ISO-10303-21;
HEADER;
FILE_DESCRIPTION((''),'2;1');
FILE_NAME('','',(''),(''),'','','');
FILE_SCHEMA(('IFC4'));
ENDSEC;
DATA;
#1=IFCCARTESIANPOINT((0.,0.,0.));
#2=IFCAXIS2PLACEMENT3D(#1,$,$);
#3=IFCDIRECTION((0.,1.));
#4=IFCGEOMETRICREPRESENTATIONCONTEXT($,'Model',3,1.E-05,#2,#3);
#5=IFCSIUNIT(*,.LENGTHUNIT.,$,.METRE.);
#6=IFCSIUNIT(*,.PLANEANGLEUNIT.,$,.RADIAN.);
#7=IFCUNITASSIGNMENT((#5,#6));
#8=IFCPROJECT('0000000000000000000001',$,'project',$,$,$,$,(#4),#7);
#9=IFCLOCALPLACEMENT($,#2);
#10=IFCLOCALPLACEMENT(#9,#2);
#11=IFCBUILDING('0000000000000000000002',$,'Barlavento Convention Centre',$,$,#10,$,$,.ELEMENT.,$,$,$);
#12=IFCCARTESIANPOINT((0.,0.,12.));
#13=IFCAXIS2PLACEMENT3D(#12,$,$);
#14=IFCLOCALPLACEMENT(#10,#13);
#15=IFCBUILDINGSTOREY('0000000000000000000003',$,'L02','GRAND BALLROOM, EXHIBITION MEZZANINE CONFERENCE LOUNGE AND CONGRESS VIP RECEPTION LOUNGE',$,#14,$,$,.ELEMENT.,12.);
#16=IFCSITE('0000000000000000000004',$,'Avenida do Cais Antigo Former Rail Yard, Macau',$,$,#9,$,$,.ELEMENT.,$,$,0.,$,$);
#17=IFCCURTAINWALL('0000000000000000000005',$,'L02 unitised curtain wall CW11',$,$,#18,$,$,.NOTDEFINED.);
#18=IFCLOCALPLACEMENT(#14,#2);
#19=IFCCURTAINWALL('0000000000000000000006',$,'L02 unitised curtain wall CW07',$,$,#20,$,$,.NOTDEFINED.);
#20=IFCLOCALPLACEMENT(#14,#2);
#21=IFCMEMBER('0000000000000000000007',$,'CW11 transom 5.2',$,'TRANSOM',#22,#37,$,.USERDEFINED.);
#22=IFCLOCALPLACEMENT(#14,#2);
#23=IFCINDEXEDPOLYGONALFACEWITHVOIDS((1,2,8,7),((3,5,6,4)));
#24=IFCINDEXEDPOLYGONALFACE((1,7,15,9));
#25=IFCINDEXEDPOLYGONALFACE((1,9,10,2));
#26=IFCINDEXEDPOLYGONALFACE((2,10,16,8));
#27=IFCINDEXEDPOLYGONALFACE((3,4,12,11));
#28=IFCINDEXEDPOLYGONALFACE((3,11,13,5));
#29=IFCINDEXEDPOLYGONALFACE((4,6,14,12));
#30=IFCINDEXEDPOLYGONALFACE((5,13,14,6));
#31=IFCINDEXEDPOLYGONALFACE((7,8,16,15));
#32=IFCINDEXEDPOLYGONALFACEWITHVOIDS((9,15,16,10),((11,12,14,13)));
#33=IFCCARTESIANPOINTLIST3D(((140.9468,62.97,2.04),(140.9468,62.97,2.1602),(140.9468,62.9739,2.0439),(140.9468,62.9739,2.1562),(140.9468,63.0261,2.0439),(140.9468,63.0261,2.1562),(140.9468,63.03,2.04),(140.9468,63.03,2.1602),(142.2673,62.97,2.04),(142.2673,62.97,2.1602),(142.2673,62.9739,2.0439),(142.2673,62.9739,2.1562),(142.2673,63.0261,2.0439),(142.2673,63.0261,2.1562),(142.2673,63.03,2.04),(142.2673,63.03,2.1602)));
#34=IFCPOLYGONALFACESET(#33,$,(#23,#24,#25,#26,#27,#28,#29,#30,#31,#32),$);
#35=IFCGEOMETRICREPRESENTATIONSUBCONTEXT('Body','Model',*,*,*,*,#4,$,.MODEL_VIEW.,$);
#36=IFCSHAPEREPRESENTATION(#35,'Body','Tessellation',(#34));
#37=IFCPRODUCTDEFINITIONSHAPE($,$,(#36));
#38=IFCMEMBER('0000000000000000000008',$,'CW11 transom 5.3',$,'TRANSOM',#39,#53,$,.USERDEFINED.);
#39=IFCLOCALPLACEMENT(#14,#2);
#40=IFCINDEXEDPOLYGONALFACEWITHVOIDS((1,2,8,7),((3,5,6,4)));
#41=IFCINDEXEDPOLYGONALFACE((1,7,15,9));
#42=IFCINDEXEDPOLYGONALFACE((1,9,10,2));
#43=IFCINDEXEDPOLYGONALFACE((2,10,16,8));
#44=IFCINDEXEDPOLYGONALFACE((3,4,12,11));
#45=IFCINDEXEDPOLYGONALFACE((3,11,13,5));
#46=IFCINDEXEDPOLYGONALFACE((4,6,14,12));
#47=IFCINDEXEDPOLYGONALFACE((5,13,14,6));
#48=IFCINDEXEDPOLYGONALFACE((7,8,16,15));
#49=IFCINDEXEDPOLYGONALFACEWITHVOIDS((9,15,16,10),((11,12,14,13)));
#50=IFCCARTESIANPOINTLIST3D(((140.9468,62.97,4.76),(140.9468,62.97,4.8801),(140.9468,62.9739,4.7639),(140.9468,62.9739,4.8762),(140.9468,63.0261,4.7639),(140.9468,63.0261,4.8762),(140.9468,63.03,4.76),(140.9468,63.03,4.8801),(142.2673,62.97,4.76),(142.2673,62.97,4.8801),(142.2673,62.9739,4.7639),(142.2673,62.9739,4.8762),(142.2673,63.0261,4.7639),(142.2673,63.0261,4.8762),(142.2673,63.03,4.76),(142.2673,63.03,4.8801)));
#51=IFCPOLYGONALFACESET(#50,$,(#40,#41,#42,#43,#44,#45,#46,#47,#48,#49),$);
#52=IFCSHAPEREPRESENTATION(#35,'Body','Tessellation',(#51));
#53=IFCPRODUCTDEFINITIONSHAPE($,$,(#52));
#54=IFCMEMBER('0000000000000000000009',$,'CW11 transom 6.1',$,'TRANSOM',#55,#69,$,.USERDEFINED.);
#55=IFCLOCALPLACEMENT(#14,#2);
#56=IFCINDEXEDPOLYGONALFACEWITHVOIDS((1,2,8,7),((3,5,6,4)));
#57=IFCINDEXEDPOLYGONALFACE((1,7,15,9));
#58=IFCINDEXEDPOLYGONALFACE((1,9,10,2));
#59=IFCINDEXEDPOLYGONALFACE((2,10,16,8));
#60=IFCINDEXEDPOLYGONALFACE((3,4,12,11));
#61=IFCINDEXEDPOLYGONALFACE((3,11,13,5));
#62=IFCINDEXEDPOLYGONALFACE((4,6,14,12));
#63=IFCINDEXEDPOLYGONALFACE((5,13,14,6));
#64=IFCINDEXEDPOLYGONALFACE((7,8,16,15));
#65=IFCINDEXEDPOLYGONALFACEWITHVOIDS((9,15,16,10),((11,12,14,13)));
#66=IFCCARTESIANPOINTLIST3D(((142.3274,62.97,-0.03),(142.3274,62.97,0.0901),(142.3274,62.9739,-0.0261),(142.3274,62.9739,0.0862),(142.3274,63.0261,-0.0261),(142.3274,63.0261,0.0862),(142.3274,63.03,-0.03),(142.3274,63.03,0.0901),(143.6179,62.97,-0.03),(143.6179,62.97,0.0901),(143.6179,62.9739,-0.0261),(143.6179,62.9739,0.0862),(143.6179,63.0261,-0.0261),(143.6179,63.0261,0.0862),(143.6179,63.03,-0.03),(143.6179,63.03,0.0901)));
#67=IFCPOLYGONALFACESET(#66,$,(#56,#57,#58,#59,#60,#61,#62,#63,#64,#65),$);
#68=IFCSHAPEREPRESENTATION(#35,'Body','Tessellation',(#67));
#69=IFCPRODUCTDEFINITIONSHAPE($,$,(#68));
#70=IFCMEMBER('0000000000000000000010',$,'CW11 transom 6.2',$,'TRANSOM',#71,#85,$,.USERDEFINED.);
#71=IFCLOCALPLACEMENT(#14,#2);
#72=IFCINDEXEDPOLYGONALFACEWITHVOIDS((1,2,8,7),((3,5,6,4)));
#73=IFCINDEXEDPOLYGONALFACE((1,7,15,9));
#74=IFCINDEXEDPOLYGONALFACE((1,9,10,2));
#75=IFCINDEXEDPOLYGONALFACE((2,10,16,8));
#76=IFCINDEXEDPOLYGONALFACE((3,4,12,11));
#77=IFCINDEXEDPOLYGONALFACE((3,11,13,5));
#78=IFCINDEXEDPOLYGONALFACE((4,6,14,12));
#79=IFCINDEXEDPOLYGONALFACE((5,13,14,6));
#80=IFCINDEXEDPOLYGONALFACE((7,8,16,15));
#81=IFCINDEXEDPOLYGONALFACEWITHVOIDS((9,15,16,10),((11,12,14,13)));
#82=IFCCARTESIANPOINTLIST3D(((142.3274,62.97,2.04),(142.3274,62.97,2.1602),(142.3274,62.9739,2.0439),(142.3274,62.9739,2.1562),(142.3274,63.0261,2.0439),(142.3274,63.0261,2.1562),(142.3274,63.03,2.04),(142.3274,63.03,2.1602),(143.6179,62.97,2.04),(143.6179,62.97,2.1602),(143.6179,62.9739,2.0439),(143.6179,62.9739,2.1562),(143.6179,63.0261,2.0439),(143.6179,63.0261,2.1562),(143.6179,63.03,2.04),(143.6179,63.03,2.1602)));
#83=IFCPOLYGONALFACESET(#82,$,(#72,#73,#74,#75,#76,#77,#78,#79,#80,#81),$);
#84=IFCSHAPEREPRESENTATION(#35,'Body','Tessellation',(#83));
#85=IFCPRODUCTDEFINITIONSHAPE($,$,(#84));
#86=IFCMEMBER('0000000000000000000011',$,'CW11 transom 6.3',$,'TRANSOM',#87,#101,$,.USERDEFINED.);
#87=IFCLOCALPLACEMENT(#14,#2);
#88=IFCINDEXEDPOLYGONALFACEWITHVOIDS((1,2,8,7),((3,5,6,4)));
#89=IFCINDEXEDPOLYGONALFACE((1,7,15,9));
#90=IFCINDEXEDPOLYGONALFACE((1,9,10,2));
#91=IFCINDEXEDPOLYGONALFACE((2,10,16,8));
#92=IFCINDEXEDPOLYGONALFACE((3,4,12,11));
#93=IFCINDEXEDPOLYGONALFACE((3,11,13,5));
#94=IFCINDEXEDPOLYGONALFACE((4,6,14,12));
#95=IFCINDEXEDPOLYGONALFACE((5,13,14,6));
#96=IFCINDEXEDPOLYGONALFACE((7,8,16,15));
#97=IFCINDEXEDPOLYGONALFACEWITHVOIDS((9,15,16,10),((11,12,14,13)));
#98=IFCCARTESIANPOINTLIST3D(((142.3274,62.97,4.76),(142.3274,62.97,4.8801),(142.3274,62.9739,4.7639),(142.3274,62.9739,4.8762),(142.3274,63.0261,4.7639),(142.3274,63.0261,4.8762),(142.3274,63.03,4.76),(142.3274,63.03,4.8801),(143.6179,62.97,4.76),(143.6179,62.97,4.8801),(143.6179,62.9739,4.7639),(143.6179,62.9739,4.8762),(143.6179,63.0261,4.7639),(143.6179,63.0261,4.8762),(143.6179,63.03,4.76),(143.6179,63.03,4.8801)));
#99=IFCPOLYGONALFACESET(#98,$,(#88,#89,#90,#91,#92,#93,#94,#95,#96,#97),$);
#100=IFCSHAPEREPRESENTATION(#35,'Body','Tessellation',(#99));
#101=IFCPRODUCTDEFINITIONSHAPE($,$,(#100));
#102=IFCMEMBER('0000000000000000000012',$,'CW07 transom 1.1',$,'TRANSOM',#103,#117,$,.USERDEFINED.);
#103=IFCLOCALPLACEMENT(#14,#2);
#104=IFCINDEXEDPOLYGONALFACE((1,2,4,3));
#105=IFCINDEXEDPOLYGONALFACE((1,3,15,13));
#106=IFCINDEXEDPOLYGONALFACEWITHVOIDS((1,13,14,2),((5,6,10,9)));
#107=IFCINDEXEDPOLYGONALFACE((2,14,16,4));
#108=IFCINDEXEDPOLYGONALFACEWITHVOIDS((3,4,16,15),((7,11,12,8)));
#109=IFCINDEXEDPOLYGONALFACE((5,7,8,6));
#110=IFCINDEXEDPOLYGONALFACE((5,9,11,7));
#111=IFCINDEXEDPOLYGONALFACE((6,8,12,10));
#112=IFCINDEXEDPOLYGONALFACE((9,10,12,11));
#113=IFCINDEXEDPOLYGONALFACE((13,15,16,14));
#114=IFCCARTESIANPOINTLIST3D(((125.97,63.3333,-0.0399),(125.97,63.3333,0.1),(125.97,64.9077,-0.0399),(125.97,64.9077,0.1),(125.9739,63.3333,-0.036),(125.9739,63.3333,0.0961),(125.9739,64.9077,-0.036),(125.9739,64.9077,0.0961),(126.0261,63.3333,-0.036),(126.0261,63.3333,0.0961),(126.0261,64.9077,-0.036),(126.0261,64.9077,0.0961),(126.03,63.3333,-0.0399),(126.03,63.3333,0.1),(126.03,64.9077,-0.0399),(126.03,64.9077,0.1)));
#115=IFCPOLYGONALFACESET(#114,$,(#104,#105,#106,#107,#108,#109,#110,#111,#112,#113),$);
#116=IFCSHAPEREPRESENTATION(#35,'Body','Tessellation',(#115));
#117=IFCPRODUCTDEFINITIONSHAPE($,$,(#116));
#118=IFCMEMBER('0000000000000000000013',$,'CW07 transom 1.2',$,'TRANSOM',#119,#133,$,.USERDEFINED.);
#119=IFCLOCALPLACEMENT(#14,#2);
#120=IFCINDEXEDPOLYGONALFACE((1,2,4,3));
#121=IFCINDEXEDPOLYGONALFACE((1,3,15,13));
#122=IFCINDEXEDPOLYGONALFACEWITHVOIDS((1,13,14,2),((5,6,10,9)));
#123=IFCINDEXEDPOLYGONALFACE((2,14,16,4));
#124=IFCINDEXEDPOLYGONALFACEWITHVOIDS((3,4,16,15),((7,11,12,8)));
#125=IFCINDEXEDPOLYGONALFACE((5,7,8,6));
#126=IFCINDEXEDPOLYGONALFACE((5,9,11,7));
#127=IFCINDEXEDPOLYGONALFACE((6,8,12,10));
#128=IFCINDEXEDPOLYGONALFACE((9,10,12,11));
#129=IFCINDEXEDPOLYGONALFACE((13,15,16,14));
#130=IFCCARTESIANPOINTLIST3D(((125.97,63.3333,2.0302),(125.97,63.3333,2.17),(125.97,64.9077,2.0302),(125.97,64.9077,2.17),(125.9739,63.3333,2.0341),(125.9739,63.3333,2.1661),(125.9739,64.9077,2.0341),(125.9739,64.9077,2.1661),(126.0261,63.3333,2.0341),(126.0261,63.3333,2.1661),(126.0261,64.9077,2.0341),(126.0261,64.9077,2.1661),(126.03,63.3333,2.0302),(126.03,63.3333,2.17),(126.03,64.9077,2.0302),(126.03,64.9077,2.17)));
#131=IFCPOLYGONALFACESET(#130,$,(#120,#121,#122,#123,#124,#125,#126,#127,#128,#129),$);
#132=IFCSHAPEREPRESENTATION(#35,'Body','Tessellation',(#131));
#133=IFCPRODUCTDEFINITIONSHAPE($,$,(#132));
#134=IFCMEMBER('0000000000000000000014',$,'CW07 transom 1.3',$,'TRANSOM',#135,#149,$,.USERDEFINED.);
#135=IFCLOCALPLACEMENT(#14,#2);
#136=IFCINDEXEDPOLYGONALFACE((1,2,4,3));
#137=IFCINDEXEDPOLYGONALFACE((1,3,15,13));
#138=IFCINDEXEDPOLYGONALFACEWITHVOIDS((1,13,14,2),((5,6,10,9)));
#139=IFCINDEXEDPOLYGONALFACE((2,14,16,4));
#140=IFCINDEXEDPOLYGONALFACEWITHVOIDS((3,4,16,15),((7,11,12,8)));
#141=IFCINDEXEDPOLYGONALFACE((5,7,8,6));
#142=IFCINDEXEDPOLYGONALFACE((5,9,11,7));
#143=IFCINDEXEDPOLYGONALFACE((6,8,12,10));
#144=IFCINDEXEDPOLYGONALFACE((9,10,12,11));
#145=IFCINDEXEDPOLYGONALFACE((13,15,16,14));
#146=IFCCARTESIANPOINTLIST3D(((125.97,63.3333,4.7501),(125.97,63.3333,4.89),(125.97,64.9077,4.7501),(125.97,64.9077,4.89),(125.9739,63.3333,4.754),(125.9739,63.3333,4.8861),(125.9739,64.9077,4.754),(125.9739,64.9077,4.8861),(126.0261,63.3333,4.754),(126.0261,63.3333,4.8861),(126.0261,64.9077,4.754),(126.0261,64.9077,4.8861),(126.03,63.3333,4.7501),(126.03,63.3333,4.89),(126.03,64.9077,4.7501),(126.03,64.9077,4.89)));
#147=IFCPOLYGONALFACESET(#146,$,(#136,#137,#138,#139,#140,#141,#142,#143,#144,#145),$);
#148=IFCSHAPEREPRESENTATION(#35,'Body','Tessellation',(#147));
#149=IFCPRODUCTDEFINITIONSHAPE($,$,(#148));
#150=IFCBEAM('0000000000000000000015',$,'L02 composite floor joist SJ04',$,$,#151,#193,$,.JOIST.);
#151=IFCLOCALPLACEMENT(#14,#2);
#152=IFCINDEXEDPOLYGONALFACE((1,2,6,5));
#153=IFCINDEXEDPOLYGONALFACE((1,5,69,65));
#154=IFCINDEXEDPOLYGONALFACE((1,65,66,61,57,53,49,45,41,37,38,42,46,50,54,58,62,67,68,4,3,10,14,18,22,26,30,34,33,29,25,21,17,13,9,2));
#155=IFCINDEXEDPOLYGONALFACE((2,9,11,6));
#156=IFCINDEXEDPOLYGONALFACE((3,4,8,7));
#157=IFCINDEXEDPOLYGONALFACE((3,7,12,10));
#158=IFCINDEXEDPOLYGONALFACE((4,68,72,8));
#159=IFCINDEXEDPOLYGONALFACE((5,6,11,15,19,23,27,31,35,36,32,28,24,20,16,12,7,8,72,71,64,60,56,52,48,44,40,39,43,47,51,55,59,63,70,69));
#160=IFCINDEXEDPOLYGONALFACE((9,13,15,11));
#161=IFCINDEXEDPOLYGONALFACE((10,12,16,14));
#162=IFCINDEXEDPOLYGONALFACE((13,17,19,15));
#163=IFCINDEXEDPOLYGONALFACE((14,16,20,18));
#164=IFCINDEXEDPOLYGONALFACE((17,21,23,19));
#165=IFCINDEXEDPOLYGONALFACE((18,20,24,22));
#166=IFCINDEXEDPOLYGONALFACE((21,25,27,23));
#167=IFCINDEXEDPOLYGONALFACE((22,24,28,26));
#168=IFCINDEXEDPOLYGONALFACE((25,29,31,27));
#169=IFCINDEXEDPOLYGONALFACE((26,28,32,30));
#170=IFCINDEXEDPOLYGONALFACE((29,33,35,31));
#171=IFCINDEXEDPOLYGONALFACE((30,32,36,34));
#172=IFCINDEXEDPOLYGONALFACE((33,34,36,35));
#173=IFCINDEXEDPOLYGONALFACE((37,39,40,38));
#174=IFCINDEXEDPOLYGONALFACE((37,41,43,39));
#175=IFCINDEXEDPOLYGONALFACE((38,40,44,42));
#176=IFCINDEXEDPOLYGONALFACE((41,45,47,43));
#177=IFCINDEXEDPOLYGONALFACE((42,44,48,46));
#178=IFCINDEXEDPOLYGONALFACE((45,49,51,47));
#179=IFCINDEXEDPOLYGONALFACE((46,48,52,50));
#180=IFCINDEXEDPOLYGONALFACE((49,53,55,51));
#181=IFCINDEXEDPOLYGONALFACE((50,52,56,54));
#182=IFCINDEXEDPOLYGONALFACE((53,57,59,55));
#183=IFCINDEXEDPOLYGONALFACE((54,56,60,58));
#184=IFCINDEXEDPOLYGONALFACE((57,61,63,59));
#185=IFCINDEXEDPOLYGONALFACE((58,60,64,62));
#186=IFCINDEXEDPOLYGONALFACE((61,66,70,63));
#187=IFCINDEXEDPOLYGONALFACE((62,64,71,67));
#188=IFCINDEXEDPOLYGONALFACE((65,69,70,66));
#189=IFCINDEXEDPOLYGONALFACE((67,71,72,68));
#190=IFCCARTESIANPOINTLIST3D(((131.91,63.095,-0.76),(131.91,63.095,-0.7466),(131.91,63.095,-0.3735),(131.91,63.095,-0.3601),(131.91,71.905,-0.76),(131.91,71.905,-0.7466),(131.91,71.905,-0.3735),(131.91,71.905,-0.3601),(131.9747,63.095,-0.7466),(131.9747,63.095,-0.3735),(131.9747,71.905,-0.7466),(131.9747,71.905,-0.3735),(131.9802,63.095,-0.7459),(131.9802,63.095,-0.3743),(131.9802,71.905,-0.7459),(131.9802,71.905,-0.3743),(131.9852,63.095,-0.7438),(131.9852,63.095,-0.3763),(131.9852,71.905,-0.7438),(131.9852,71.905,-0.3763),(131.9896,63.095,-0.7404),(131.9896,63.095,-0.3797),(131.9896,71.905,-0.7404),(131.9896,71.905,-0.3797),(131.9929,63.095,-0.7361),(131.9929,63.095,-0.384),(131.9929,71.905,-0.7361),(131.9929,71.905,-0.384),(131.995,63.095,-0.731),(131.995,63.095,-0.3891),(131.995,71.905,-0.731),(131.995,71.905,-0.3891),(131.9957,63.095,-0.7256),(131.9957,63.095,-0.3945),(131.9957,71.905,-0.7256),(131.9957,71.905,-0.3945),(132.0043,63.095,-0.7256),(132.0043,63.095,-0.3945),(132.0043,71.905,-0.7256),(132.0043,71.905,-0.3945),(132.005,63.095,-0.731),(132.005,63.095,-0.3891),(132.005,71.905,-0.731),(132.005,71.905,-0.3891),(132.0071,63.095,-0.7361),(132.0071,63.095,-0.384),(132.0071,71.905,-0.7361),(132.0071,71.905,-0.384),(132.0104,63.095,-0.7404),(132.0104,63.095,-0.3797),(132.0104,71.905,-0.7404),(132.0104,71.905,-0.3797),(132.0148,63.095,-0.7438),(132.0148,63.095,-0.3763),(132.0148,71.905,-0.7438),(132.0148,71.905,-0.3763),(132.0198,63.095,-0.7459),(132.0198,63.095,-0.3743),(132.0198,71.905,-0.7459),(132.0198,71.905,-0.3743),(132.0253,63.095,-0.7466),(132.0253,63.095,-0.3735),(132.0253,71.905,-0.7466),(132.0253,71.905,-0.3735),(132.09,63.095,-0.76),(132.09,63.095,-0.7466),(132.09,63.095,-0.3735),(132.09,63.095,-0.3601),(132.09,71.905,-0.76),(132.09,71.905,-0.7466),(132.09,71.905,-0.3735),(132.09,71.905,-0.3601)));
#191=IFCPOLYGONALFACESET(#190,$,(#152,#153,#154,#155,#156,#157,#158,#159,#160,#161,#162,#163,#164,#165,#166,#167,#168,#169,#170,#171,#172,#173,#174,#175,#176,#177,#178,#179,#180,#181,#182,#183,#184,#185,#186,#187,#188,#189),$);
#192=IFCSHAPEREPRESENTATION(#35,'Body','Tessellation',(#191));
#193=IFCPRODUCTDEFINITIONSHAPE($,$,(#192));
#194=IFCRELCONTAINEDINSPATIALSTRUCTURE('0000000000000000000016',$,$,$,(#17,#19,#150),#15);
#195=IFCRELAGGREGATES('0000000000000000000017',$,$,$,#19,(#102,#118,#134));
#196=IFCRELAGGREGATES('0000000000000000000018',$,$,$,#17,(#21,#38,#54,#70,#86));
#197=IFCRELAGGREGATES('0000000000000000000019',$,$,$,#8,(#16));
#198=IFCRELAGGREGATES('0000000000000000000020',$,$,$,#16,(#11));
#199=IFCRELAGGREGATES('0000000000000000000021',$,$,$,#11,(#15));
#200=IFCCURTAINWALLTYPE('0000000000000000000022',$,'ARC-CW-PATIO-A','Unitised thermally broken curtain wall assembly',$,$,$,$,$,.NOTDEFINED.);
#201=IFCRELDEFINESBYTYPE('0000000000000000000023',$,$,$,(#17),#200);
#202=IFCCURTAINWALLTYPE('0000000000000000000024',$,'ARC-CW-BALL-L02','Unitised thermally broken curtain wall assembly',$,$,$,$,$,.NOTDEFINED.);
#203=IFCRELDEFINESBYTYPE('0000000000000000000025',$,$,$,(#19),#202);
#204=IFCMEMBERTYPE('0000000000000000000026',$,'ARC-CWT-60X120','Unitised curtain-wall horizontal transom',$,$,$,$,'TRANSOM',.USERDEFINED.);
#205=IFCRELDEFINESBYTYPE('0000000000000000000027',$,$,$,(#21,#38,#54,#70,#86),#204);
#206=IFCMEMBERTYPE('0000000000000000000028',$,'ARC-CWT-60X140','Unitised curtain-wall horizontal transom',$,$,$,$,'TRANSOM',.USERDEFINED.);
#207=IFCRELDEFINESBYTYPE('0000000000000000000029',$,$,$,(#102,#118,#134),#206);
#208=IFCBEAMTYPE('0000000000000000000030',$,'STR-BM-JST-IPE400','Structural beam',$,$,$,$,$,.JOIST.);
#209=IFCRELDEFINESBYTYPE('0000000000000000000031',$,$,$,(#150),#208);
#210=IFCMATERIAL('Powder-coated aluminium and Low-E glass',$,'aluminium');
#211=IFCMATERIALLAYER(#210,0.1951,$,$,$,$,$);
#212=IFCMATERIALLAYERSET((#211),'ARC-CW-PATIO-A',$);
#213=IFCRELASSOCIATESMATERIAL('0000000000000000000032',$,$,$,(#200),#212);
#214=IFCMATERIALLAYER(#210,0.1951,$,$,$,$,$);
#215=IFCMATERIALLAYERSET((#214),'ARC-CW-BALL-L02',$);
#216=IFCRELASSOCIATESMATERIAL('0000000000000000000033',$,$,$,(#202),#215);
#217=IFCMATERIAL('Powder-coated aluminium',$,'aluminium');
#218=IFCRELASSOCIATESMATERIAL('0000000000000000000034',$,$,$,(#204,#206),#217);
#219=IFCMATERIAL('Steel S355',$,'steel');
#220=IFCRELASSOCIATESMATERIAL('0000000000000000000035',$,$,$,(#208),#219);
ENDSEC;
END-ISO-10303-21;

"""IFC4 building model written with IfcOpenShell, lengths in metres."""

from ifc_helpers import new_model, si_unit, direction, frame, origin, origin_2d, place, context, subcontext, project, spatial, hollow_rectangle, i_section, extrude, material, layer, layer_set, material_profile, profile_set, type_object, element, aggregate, save


model = new_model("IFC4")

# Units and contexts
model_context = context("Model", 3, precision=1e-05, world=origin(), true_north=direction((0.0, 1.0)))
body_context = subcontext(model_context, "Body", "Model", "MODEL_VIEW")
ifc_project = project(units=[si_unit("LENGTHUNIT", "METRE"), si_unit("PLANEANGLEUNIT", "RADIAN")], contexts=[model_context])

# Site, building, storey
site_placement = place(None, origin())
site = spatial("IfcSite", under=ifc_project, at=site_placement, Name="Avenida do Cais Antigo Former Rail Yard, Macau", CompositionType="ELEMENT", RefElevation=0.0)
building_placement = place(site_placement, origin())
building = spatial("IfcBuilding", under=site, at=building_placement, Name="Barlavento Convention Centre", CompositionType="ELEMENT")
storey_placement = place(building_placement, frame((0.0, 0.0, 12.0)))
storey = spatial("IfcBuildingStorey", under=building, at=storey_placement, Name="L02", Description="GRAND BALLROOM, EXHIBITION MEZZANINE CONFERENCE LOUNGE AND CONGRESS VIP RECEPTION LOUNGE", CompositionType="ELEMENT", Elevation=12.0)

# Curtain wall
ifc_material_1 = material(Name="Powder-coated aluminium and Low-E glass", Category="aluminium")
ifc_layer_1 = layer(ifc_material_1, 0.1951)
ifc_layer_set_1 = layer_set([ifc_layer_1], Name="ARC-CW-PATIO-A")
curtain_wall_type_1 = type_object("IfcCurtainWallType", Name="ARC-CW-PATIO-A", Description="Unitised thermally broken curtain wall assembly", PredefinedType="NOTDEFINED", material=ifc_layer_set_1)
curtain_wall_1_placement = place(storey_placement, origin())
curtain_wall_1 = element("IfcCurtainWall", 1, at=curtain_wall_1_placement, inside=storey, type_object=curtain_wall_type_1, Name="L02 unitised curtain wall CW11", PredefinedType="NOTDEFINED")
ifc_material_2 = material(Name="Powder-coated aluminium", Category="aluminium")

# Curtain wall
ifc_layer_2 = layer(ifc_material_1, 0.1951)
ifc_layer_set_2 = layer_set([ifc_layer_2], Name="ARC-CW-BALL-L02")
curtain_wall_type_2 = type_object("IfcCurtainWallType", Name="ARC-CW-BALL-L02", Description="Unitised thermally broken curtain wall assembly", PredefinedType="NOTDEFINED", material=ifc_layer_set_2)
curtain_wall_2_placement = place(storey_placement, origin())
curtain_wall_2 = element("IfcCurtainWall", 2, at=curtain_wall_2_placement, inside=storey, type_object=curtain_wall_type_2, Name="L02 unitised curtain wall CW07", PredefinedType="NOTDEFINED")

# Members
ifc_material_profile_1 = material_profile(ifc_material_2, hollow_rectangle(XDim=0.0601, YDim=0.1201, WallThickness=0.0039, at=origin_2d()), Name="AL-TRAN 60x120x4")
ifc_profile_set_1 = profile_set([ifc_material_profile_1], Name="Powder-coated aluminium")
member_type_1 = type_object("IfcMemberType", Name="ARC-CWT-60X120", Description="Unitised curtain-wall horizontal transom", ElementType="TRANSOM", PredefinedType="USERDEFINED", material=ifc_profile_set_1)
member_1_placement = place(storey_placement, frame((140.9468, 63.0, 2.1001), z_axis=(1.0, 0.0, 0.0), x_axis=(0.0, 1.0, 0.0)))
member_1 = element("IfcMember", 3, at=member_1_placement, type_object=member_type_1, Name="CW11 transom 5.2", ObjectType="TRANSOM", PredefinedType="USERDEFINED", context=body_context, shape_type="SweptSolid", body=[
    extrude(hollow_rectangle(XDim=0.0601, YDim=0.1201, WallThickness=0.0039, at=origin_2d()), origin(), (0.0, 0.0, 1.0), 1.3206),
])
member_2_placement = place(storey_placement, frame((140.9468, 63.0, 4.8201), z_axis=(1.0, 0.0, 0.0), x_axis=(0.0, 1.0, 0.0)))
member_2 = element("IfcMember", 4, at=member_2_placement, type_object=member_type_1, Name="CW11 transom 5.3", ObjectType="TRANSOM", PredefinedType="USERDEFINED", context=body_context, shape_type="SweptSolid", body=[
    extrude(hollow_rectangle(XDim=0.0601, YDim=0.1201, WallThickness=0.0039, at=origin_2d()), origin(), (0.0, 0.0, 1.0), 1.3206),
])
member_3_placement = place(storey_placement, frame((142.3274, 63.0, 0.03), z_axis=(1.0, 0.0, 0.0), x_axis=(0.0, 1.0, 0.0)))
member_3 = element("IfcMember", 5, at=member_3_placement, type_object=member_type_1, Name="CW11 transom 6.1", ObjectType="TRANSOM", PredefinedType="USERDEFINED", context=body_context, shape_type="SweptSolid", body=[
    extrude(hollow_rectangle(XDim=0.0601, YDim=0.1201, WallThickness=0.0039, at=origin_2d()), origin(), (0.0, 0.0, 1.0), 1.2905),
])
member_4_placement = place(storey_placement, frame((142.3274, 63.0, 2.1001), z_axis=(1.0, 0.0, 0.0), x_axis=(0.0, 1.0, 0.0)))
member_4 = element("IfcMember", 6, at=member_4_placement, type_object=member_type_1, Name="CW11 transom 6.2", ObjectType="TRANSOM", PredefinedType="USERDEFINED", context=body_context, shape_type="SweptSolid", body=[
    extrude(hollow_rectangle(XDim=0.0601, YDim=0.1201, WallThickness=0.0039, at=origin_2d()), origin(), (0.0, 0.0, 1.0), 1.2905),
])
member_5_placement = place(storey_placement, frame((142.3274, 63.0, 4.8201), z_axis=(1.0, 0.0, 0.0), x_axis=(0.0, 1.0, 0.0)))
member_5 = element("IfcMember", 7, at=member_5_placement, type_object=member_type_1, Name="CW11 transom 6.3", ObjectType="TRANSOM", PredefinedType="USERDEFINED", context=body_context, shape_type="SweptSolid", body=[
    extrude(hollow_rectangle(XDim=0.0601, YDim=0.1201, WallThickness=0.0039, at=origin_2d()), origin(), (0.0, 0.0, 1.0), 1.2905),
])
ifc_material_profile_2 = material_profile(ifc_material_2, hollow_rectangle(XDim=0.0601, YDim=0.1399, WallThickness=0.0039, at=origin_2d()), Name="AL-TRAN 60x140x4")
ifc_profile_set_2 = profile_set([ifc_material_profile_2], Name="Powder-coated aluminium")
member_type_2 = type_object("IfcMemberType", Name="ARC-CWT-60X140", Description="Unitised curtain-wall horizontal transom", ElementType="TRANSOM", PredefinedType="USERDEFINED", material=ifc_profile_set_2)
member_6_placement = place(storey_placement, frame((126.0, 63.3333, 0.03), z_axis=(0.0, 1.0, 0.0), x_axis=(-1.0, 0.0, 0.0)))
member_6 = element("IfcMember", 8, at=member_6_placement, type_object=member_type_2, Name="CW07 transom 1.1", ObjectType="TRANSOM", PredefinedType="USERDEFINED", context=body_context, shape_type="SweptSolid", body=[
    extrude(hollow_rectangle(XDim=0.0601, YDim=0.1399, WallThickness=0.0039, at=origin_2d()), origin(), (0.0, 0.0, 1.0), 1.5745),
])
member_7_placement = place(storey_placement, frame((126.0, 63.3333, 2.1001), z_axis=(0.0, 1.0, 0.0), x_axis=(-1.0, 0.0, 0.0)))
member_7 = element("IfcMember", 9, at=member_7_placement, type_object=member_type_2, Name="CW07 transom 1.2", ObjectType="TRANSOM", PredefinedType="USERDEFINED", context=body_context, shape_type="SweptSolid", body=[
    extrude(hollow_rectangle(XDim=0.0601, YDim=0.1399, WallThickness=0.0039, at=origin_2d()), origin(), (0.0, 0.0, 1.0), 1.5745),
])
member_8_placement = place(storey_placement, frame((126.0, 63.3333, 4.8201), z_axis=(0.0, 1.0, 0.0), x_axis=(-1.0, 0.0, 0.0)))
member_8 = element("IfcMember", 10, at=member_8_placement, type_object=member_type_2, Name="CW07 transom 1.3", ObjectType="TRANSOM", PredefinedType="USERDEFINED", context=body_context, shape_type="SweptSolid", body=[
    extrude(hollow_rectangle(XDim=0.0601, YDim=0.1399, WallThickness=0.0039, at=origin_2d()), origin(), (0.0, 0.0, 1.0), 1.5745),
])
aggregate(curtain_wall_2, [member_6, member_7, member_8])

# Beam
ifc_material_3 = material(Name="Steel S355", Category="steel")
ifc_material_profile_3 = material_profile(ifc_material_3, i_section(OverallWidth=0.1799, OverallDepth=0.3999, WebThickness=0.0085, FlangeThickness=0.0134, FilletRadius=0.021, at=origin_2d()), Name="IPE 400")
ifc_profile_set_3 = profile_set([ifc_material_profile_3], Name="Steel S355")
beam_type_1 = type_object("IfcBeamType", Name="STR-BM-JST-IPE400", Description="Structural beam", PredefinedType="JOIST", material=ifc_profile_set_3)
beam_1_placement = place(storey_placement, frame((132.0, 63.095, -0.5601), z_axis=(0.0, 1.0, 0.0), x_axis=(-1.0, 0.0, 0.0)))
element("IfcBeam", 11, at=beam_1_placement, inside=storey, type_object=beam_type_1, Name="L02 composite floor joist SJ04", PredefinedType="JOIST", context=body_context, shape_type="SweptSolid", body=[
    extrude(i_section(OverallWidth=0.1799, OverallDepth=0.3999, WebThickness=0.0085, FlangeThickness=0.0134, FilletRadius=0.021, at=origin_2d()), origin(), (0.0, 0.0, 1.0), 8.8101),
])

aggregate(curtain_wall_1, [member_1, member_2, member_3, member_4, member_5])

save(model, "model.ifc")
